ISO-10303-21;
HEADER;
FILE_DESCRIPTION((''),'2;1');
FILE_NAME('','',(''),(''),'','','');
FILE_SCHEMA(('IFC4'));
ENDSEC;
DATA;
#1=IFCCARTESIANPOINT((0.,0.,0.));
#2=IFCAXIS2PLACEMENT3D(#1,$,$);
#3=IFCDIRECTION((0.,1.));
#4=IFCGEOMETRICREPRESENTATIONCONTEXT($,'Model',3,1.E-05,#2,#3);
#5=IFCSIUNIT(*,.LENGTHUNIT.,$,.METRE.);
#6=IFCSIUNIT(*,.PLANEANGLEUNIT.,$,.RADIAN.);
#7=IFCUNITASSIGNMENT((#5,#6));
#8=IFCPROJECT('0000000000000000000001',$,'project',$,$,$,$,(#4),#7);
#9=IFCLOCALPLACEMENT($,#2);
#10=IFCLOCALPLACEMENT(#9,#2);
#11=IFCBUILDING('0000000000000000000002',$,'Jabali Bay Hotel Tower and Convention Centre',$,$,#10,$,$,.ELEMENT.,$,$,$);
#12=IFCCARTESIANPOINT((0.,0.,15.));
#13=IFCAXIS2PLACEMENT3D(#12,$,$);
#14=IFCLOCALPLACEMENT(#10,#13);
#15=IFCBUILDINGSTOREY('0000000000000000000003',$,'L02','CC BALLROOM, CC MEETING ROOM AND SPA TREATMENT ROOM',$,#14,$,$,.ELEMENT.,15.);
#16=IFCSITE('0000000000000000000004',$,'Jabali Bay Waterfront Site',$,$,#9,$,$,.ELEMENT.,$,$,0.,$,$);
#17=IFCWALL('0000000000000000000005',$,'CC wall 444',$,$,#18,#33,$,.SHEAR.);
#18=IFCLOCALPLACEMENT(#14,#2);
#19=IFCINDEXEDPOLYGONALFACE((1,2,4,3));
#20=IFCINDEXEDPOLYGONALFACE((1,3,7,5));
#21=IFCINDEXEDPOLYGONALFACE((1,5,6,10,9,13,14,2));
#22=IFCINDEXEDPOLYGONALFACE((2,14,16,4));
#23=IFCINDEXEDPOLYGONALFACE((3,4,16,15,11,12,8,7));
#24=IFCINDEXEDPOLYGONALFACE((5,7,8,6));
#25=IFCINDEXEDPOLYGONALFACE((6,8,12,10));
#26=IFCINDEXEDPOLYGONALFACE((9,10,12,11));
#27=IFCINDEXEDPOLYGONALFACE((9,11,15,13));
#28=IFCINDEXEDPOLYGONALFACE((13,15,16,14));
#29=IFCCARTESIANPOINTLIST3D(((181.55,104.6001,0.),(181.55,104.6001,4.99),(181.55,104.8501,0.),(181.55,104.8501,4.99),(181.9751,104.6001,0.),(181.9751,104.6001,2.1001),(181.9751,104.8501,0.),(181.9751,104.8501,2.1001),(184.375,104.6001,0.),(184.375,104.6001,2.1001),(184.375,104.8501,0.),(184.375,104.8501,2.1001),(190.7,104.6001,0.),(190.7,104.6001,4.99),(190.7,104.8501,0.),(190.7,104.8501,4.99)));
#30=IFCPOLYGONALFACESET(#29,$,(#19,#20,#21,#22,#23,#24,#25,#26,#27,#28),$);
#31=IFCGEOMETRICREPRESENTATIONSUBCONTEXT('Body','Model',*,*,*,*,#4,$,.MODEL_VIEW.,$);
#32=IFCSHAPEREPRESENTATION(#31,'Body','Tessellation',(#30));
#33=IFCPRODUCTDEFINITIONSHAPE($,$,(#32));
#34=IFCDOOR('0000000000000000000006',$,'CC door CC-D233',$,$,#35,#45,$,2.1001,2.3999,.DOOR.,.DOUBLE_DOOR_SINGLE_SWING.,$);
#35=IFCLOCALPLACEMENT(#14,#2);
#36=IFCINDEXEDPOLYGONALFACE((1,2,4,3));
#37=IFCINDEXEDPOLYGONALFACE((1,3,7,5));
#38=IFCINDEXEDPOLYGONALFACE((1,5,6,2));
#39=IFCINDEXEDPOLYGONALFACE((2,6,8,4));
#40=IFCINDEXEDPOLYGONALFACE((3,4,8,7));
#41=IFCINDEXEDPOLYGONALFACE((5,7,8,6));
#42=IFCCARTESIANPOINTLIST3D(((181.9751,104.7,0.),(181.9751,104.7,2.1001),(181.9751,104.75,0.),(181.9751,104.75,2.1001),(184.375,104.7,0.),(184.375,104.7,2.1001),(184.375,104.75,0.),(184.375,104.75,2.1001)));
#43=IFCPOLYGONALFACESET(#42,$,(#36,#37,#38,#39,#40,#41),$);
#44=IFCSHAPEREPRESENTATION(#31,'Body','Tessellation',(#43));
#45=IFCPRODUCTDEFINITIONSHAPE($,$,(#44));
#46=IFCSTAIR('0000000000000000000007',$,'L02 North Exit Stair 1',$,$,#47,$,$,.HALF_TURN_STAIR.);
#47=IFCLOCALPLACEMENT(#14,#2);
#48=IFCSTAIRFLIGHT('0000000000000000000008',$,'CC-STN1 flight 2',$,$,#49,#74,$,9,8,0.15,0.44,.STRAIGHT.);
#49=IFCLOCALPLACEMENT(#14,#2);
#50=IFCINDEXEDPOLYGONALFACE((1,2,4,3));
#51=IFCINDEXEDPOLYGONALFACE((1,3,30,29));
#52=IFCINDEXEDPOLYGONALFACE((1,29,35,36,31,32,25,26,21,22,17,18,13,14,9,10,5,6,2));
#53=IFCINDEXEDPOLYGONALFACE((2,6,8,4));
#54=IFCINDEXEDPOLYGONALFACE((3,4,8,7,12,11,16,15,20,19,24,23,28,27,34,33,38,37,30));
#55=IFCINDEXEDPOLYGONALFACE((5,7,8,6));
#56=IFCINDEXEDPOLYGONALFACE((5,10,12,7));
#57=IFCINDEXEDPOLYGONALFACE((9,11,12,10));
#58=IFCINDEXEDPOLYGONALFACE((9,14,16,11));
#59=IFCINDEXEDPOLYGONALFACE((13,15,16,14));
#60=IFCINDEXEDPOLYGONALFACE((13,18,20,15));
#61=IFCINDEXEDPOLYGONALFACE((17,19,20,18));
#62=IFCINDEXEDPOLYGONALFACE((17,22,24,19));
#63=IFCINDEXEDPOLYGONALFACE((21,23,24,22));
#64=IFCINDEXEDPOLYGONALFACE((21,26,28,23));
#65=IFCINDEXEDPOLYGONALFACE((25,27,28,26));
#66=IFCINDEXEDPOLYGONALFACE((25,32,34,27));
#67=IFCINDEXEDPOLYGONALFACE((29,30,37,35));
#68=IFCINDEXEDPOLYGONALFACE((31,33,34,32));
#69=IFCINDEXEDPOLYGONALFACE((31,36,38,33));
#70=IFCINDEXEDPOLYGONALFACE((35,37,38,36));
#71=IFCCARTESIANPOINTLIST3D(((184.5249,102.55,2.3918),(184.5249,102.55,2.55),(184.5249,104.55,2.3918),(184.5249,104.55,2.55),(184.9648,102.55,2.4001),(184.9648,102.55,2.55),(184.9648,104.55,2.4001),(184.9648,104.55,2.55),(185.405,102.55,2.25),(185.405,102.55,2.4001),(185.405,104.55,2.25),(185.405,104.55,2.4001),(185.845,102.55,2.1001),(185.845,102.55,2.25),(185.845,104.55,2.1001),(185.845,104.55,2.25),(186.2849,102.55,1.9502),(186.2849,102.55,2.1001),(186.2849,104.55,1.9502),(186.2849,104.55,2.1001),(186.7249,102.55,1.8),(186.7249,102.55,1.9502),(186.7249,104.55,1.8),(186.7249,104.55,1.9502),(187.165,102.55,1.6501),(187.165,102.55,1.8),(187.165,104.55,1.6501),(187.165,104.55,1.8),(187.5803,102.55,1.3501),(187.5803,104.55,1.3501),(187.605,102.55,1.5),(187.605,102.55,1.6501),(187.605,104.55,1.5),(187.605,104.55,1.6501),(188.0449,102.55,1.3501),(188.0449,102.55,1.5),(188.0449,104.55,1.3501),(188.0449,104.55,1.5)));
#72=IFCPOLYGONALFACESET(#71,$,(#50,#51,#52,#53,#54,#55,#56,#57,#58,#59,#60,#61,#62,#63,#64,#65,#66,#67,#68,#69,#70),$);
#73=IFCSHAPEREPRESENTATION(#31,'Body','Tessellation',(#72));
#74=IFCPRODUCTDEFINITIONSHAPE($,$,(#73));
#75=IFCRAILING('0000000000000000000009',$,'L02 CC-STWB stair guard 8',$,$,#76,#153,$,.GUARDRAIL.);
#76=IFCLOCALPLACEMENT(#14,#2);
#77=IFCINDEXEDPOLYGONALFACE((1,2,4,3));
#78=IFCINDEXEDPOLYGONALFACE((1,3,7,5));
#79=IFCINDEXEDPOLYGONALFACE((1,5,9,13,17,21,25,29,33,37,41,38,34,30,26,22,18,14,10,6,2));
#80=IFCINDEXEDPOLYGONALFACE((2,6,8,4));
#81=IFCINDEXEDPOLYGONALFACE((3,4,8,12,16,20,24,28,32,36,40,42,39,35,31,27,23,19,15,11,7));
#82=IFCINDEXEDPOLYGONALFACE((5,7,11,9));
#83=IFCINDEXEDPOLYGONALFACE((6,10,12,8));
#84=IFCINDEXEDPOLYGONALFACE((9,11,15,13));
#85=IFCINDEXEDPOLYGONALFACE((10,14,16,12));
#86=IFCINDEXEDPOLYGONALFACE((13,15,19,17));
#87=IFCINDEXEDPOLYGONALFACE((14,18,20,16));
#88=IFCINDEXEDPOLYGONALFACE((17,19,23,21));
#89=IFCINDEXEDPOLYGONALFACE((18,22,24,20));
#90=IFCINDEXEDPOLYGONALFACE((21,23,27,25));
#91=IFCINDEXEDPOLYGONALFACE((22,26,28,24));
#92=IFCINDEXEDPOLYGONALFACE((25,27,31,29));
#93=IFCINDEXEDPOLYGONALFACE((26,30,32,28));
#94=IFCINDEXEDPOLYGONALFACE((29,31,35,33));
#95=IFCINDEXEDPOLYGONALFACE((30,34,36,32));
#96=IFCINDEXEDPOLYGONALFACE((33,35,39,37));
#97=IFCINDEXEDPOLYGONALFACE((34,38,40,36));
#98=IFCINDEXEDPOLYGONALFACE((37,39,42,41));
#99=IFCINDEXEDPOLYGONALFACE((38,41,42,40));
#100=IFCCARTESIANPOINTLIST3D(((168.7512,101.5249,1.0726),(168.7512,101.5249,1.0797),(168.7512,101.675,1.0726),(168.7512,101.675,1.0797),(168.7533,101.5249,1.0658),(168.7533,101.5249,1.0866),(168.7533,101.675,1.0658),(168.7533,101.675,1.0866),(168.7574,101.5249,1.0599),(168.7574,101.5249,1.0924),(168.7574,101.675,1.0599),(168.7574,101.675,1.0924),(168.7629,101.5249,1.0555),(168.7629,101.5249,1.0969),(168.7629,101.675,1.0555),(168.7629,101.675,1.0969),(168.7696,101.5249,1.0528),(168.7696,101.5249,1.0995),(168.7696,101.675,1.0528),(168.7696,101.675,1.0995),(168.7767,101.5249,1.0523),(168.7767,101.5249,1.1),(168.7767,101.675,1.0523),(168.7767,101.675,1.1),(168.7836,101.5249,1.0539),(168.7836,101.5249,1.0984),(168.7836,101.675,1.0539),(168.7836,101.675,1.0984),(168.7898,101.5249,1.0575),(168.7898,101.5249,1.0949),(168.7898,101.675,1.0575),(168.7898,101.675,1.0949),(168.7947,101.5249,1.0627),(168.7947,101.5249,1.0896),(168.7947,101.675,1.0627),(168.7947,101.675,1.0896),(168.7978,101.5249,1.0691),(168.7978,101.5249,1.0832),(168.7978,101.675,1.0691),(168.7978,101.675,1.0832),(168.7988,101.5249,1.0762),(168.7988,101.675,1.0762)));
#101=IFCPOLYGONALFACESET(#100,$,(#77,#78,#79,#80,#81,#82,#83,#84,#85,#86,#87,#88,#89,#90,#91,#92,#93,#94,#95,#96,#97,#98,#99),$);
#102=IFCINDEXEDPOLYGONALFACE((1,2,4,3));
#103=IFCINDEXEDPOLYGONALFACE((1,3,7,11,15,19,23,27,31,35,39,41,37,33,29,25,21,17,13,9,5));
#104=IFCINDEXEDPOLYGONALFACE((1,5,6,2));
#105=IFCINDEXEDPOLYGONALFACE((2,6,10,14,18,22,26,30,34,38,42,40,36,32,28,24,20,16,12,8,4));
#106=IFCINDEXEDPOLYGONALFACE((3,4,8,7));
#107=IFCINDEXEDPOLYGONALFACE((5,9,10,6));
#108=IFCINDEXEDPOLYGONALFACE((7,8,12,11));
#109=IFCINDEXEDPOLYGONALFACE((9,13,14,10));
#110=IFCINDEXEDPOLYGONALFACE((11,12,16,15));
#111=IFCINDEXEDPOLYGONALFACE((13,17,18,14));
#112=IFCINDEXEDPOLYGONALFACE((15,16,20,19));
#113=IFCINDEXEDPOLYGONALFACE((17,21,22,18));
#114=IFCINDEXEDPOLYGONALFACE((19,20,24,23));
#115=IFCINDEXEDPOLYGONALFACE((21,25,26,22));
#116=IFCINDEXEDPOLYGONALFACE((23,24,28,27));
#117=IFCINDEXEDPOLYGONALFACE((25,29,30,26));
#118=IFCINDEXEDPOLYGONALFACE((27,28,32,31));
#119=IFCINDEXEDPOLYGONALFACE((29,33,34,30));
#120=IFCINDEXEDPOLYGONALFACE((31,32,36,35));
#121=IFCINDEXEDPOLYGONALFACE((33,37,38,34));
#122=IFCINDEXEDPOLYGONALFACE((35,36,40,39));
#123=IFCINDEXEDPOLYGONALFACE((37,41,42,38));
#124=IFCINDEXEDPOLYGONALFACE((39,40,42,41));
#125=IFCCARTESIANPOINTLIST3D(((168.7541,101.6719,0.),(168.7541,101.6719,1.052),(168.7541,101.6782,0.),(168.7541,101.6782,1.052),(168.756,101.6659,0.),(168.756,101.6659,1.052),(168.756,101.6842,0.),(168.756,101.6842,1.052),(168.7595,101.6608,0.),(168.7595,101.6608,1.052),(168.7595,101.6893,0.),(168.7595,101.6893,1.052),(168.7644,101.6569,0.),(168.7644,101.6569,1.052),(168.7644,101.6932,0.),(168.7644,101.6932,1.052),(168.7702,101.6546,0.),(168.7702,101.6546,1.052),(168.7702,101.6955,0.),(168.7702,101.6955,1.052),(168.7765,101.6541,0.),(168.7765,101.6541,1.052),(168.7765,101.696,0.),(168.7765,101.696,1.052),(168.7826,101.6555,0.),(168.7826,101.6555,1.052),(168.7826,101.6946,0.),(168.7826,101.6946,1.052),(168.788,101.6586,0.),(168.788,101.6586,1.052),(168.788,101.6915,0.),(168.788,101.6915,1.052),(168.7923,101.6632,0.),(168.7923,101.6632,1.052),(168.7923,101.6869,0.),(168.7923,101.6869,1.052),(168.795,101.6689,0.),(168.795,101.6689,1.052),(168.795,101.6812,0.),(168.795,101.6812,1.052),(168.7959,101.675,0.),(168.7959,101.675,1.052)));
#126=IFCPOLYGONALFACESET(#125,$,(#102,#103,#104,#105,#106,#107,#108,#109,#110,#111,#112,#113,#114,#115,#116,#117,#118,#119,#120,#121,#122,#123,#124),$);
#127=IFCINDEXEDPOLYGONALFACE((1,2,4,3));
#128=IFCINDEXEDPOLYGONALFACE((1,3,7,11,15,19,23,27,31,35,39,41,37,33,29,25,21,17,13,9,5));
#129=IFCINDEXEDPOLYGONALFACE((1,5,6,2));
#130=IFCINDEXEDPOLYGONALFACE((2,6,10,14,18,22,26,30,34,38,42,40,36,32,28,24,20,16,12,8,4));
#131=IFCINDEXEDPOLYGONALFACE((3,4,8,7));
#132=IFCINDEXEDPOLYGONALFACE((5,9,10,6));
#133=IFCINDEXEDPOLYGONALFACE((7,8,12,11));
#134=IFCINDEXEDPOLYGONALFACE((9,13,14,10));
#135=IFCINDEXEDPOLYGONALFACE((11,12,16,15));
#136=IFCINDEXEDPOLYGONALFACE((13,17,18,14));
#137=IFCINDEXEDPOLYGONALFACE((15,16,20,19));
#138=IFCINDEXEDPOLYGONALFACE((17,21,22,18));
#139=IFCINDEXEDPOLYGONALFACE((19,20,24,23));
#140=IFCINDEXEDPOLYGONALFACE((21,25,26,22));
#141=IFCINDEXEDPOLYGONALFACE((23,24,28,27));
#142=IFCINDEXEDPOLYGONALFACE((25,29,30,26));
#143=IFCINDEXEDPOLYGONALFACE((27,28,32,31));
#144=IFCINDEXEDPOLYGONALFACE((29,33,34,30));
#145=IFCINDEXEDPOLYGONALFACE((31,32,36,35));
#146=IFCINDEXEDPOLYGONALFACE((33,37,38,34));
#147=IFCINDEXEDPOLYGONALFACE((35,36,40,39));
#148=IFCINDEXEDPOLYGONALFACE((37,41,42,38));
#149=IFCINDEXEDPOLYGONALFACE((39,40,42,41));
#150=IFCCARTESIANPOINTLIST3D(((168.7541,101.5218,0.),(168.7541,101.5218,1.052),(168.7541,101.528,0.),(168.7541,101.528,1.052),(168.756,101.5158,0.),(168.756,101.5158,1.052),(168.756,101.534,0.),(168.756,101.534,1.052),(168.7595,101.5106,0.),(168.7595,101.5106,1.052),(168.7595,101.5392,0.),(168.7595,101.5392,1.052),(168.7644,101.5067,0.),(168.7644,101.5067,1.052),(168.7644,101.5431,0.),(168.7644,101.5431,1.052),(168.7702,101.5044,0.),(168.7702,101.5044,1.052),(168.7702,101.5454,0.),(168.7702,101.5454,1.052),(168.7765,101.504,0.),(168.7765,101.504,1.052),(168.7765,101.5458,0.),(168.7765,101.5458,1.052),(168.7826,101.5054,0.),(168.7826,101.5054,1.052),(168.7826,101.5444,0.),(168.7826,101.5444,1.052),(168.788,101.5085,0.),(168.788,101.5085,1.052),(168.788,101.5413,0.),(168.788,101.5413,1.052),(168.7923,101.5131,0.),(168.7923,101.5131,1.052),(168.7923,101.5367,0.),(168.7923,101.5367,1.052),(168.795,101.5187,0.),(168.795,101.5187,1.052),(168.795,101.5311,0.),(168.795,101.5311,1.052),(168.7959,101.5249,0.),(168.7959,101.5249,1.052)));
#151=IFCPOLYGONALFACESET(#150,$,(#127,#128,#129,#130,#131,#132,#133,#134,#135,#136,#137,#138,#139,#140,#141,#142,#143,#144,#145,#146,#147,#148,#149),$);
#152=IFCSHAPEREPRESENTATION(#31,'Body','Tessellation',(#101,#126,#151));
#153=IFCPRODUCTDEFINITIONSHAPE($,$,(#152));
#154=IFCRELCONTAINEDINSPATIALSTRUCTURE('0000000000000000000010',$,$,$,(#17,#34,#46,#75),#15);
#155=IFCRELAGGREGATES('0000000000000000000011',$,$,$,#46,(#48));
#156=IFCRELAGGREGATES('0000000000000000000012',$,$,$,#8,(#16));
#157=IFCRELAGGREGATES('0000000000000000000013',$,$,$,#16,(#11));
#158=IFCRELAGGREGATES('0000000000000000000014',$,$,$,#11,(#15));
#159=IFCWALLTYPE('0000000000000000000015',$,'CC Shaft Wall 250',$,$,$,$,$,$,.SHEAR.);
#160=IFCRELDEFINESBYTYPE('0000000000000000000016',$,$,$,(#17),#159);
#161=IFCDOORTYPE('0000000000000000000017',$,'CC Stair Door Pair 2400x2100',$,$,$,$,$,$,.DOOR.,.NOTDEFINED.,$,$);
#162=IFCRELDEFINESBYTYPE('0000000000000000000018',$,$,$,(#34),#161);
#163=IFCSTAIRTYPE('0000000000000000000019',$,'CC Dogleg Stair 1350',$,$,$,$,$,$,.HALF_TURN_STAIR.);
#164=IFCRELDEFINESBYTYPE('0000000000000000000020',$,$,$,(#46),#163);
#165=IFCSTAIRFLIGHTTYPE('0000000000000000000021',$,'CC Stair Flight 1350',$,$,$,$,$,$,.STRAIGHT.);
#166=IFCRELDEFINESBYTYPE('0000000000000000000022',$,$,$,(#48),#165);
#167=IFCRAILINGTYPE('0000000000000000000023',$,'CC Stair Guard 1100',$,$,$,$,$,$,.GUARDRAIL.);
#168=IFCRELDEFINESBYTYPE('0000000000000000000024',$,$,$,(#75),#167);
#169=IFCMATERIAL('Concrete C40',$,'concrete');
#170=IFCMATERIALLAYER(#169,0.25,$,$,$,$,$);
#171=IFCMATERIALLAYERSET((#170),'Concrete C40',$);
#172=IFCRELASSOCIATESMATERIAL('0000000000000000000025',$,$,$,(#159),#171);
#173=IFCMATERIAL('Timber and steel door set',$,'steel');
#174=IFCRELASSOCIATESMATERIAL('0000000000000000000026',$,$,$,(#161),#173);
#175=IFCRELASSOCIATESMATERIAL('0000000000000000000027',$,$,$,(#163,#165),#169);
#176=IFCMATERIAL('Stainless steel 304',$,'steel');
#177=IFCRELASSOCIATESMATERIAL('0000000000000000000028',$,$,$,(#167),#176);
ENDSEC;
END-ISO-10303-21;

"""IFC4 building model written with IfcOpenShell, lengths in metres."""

from ifc_helpers import new_model, si_unit, direction, frame, frame_2d, origin, origin_2d, place, context, subcontext, project, spatial, polyline, rectangle, circle, outline, extrude, material, layer, layer_set, type_object, element, fill, aggregate, save


model = new_model("IFC4")

# Units and contexts
model_context = context("Model", 3, precision=1e-05, world=origin(), true_north=direction((0.0, 1.0)))
body_context = subcontext(model_context, "Body", "Model", "MODEL_VIEW")
ifc_project = project(units=[si_unit("LENGTHUNIT", "METRE"), si_unit("PLANEANGLEUNIT", "RADIAN")], contexts=[model_context])

# Site, building, storey
site_placement = place(None, origin())
site = spatial("IfcSite", under=ifc_project, at=site_placement, Name="Jabali Bay Waterfront Site", CompositionType="ELEMENT", RefElevation=0.0)
building_placement = place(site_placement, origin())
building = spatial("IfcBuilding", under=site, at=building_placement, Name="Jabali Bay Hotel Tower and Convention Centre", CompositionType="ELEMENT")
storey_placement = place(building_placement, frame((0.0, 0.0, 15.0)))
storey = spatial("IfcBuildingStorey", under=building, at=storey_placement, Name="L02", Description="CC BALLROOM, CC MEETING ROOM AND SPA TREATMENT ROOM", CompositionType="ELEMENT", Elevation=15.0)

# Shared definitions
ifc_material_1 = material(Name="Timber and steel door set", Category="steel")

# Shared definitions
ifc_material_2 = material(Name="Concrete C40", Category="concrete")

# Wall, opening, door
ifc_layer_1 = layer(ifc_material_2, 0.25)
ifc_layer_set_1 = layer_set([ifc_layer_1], Name="Concrete C40")
wall_type_1 = type_object("IfcWallType", Name="CC Shaft Wall 250", PredefinedType="SHEAR", material=ifc_layer_set_1)
wall_1_placement = place(storey_placement, frame((181.55, 104.7251, 0.0), z_axis=(0.0, 0.0, 1.0), x_axis=(1.0, 0.0, 0.0)))
wall_1 = element("IfcWall", 1, at=wall_1_placement, inside=storey, type_object=wall_type_1, Name="CC wall 444", PredefinedType="SHEAR", context=body_context, shape_type="SweptSolid", body=[
    extrude(rectangle(XDim=9.1499, YDim=0.25, at=frame_2d((4.575, 0.0))), origin(), (0.0, 0.0, 1.0), 4.99),
])
opening_1_placement = place(wall_1_placement, frame((0.425, 0.0, 0.0)))
opening_1 = element("IfcOpeningElement", 2, at=opening_1_placement, cuts=wall_1, PredefinedType="OPENING", context=body_context, shape_type="SweptSolid", body=[
    extrude(rectangle(XDim=2.3999, YDim=2.1001, at=frame_2d((1.2, 1.05))), frame((0.0, 0.1355, 0.0), z_axis=(0.0, -1.0, 0.0), x_axis=(1.0, 0.0, 0.0)), (0.0, 0.0, 1.0), 0.271),
])
door_type_1 = type_object("IfcDoorType", Name="CC Stair Door Pair 2400x2100", OperationType="NOTDEFINED", PredefinedType="DOOR", material=ifc_material_1)
door_1_placement = place(opening_1_placement, origin())
door_1 = element("IfcDoor", 3, at=door_1_placement, inside=storey, type_object=door_type_1, Name="CC door CC-D233", OperationType="DOUBLE_DOOR_SINGLE_SWING", OverallHeight=2.1001, OverallWidth=2.3999, PredefinedType="DOOR", context=body_context, shape_type="SweptSolid", body=[
    extrude(rectangle(XDim=2.3999, YDim=2.1001, at=frame_2d((1.2, 1.05))), frame((0.0, 0.0249, 0.0), z_axis=(0.0, -1.0, 0.0), x_axis=(1.0, 0.0, 0.0)), (0.0, 0.0, 1.0), 0.05),
])
fill(opening_1, door_1)

# Stair, stair flight
stair_type = type_object("IfcStairType", Name="CC Dogleg Stair 1350", PredefinedType="HALF_TURN_STAIR", material=ifc_material_2)
stair_placement = place(storey_placement, origin())
stair = element("IfcStair", 4, at=stair_placement, inside=storey, type_object=stair_type, Name="L02 North Exit Stair 1", PredefinedType="HALF_TURN_STAIR")
stair_flight_type = type_object("IfcStairFlightType", Name="CC Stair Flight 1350", PredefinedType="STRAIGHT", material=ifc_material_2)
stair_flight_placement = place(storey_placement, frame((188.0449, 103.55, 1.3501), z_axis=(0.0, 0.0, 1.0), x_axis=(-1.0, 0.0, 0.0)))
stair_flight = element("IfcStairFlight", 5, at=stair_flight_placement, type_object=stair_flight_type, Name="CC-STN1 flight 2", NumberOfRisers=9, NumberOfTreads=8, PredefinedType="STRAIGHT", RiserHeight=0.15, TreadLength=0.44, context=body_context, shape_type="SweptSolid", body=[
    extrude(outline(polyline([(0.0, 0.0), (0.0, 0.1499), (0.4399, 0.1499), (0.4399, 0.3), (0.8799, 0.3), (0.8799, 0.45), (1.3201, 0.45), (1.3201, 0.6001), (1.76, 0.6001), (1.76, 0.75), (2.2, 0.75), (2.2, 0.8999), (2.6399, 0.8999), (2.6399, 1.05), (3.0801, 1.05), (3.0801, 1.2), (3.52, 1.2), (3.52, 1.3501), (3.52, 1.0417), (0.4646, 0.0), (0.0, 0.0)])), frame((0.0, 1.0, 0.0), z_axis=(0.0, -1.0, 0.0), x_axis=(1.0, 0.0, 0.0)), (0.0, 0.0, 1.0), 2.0),
])
aggregate(stair, [stair_flight])

# Railing
ifc_material_3 = material(Name="Stainless steel 304", Category="steel")
railing_type = type_object("IfcRailingType", Name="CC Stair Guard 1100", PredefinedType="GUARDRAIL", material=ifc_material_3)
railing_1_placement = place(storey_placement, frame((168.7749, 101.675, 0.0)))
element("IfcRailing", 6, at=railing_1_placement, inside=storey, type_object=railing_type, Name="L02 CC-STWB stair guard 8", PredefinedType="GUARDRAIL", context=body_context, shape_type="SweptSolid", body=[
    extrude(circle(Radius=0.0239, at=origin_2d()), frame((0.0, 0.0, 1.0762), z_axis=(0.0, -1.0, 0.0), x_axis=(1.0, 0.0, 0.0)), (0.0, 0.0, 1.0), 0.1501),
    extrude(circle(Radius=0.021, at=origin_2d()), origin(), (0.0, 0.0, 1.0), 1.052),
    extrude(circle(Radius=0.021, at=origin_2d()), frame((0.0, -0.1501, 0.0)), (0.0, 0.0, 1.0), 1.052),
])

save(model, "model.ifc")
